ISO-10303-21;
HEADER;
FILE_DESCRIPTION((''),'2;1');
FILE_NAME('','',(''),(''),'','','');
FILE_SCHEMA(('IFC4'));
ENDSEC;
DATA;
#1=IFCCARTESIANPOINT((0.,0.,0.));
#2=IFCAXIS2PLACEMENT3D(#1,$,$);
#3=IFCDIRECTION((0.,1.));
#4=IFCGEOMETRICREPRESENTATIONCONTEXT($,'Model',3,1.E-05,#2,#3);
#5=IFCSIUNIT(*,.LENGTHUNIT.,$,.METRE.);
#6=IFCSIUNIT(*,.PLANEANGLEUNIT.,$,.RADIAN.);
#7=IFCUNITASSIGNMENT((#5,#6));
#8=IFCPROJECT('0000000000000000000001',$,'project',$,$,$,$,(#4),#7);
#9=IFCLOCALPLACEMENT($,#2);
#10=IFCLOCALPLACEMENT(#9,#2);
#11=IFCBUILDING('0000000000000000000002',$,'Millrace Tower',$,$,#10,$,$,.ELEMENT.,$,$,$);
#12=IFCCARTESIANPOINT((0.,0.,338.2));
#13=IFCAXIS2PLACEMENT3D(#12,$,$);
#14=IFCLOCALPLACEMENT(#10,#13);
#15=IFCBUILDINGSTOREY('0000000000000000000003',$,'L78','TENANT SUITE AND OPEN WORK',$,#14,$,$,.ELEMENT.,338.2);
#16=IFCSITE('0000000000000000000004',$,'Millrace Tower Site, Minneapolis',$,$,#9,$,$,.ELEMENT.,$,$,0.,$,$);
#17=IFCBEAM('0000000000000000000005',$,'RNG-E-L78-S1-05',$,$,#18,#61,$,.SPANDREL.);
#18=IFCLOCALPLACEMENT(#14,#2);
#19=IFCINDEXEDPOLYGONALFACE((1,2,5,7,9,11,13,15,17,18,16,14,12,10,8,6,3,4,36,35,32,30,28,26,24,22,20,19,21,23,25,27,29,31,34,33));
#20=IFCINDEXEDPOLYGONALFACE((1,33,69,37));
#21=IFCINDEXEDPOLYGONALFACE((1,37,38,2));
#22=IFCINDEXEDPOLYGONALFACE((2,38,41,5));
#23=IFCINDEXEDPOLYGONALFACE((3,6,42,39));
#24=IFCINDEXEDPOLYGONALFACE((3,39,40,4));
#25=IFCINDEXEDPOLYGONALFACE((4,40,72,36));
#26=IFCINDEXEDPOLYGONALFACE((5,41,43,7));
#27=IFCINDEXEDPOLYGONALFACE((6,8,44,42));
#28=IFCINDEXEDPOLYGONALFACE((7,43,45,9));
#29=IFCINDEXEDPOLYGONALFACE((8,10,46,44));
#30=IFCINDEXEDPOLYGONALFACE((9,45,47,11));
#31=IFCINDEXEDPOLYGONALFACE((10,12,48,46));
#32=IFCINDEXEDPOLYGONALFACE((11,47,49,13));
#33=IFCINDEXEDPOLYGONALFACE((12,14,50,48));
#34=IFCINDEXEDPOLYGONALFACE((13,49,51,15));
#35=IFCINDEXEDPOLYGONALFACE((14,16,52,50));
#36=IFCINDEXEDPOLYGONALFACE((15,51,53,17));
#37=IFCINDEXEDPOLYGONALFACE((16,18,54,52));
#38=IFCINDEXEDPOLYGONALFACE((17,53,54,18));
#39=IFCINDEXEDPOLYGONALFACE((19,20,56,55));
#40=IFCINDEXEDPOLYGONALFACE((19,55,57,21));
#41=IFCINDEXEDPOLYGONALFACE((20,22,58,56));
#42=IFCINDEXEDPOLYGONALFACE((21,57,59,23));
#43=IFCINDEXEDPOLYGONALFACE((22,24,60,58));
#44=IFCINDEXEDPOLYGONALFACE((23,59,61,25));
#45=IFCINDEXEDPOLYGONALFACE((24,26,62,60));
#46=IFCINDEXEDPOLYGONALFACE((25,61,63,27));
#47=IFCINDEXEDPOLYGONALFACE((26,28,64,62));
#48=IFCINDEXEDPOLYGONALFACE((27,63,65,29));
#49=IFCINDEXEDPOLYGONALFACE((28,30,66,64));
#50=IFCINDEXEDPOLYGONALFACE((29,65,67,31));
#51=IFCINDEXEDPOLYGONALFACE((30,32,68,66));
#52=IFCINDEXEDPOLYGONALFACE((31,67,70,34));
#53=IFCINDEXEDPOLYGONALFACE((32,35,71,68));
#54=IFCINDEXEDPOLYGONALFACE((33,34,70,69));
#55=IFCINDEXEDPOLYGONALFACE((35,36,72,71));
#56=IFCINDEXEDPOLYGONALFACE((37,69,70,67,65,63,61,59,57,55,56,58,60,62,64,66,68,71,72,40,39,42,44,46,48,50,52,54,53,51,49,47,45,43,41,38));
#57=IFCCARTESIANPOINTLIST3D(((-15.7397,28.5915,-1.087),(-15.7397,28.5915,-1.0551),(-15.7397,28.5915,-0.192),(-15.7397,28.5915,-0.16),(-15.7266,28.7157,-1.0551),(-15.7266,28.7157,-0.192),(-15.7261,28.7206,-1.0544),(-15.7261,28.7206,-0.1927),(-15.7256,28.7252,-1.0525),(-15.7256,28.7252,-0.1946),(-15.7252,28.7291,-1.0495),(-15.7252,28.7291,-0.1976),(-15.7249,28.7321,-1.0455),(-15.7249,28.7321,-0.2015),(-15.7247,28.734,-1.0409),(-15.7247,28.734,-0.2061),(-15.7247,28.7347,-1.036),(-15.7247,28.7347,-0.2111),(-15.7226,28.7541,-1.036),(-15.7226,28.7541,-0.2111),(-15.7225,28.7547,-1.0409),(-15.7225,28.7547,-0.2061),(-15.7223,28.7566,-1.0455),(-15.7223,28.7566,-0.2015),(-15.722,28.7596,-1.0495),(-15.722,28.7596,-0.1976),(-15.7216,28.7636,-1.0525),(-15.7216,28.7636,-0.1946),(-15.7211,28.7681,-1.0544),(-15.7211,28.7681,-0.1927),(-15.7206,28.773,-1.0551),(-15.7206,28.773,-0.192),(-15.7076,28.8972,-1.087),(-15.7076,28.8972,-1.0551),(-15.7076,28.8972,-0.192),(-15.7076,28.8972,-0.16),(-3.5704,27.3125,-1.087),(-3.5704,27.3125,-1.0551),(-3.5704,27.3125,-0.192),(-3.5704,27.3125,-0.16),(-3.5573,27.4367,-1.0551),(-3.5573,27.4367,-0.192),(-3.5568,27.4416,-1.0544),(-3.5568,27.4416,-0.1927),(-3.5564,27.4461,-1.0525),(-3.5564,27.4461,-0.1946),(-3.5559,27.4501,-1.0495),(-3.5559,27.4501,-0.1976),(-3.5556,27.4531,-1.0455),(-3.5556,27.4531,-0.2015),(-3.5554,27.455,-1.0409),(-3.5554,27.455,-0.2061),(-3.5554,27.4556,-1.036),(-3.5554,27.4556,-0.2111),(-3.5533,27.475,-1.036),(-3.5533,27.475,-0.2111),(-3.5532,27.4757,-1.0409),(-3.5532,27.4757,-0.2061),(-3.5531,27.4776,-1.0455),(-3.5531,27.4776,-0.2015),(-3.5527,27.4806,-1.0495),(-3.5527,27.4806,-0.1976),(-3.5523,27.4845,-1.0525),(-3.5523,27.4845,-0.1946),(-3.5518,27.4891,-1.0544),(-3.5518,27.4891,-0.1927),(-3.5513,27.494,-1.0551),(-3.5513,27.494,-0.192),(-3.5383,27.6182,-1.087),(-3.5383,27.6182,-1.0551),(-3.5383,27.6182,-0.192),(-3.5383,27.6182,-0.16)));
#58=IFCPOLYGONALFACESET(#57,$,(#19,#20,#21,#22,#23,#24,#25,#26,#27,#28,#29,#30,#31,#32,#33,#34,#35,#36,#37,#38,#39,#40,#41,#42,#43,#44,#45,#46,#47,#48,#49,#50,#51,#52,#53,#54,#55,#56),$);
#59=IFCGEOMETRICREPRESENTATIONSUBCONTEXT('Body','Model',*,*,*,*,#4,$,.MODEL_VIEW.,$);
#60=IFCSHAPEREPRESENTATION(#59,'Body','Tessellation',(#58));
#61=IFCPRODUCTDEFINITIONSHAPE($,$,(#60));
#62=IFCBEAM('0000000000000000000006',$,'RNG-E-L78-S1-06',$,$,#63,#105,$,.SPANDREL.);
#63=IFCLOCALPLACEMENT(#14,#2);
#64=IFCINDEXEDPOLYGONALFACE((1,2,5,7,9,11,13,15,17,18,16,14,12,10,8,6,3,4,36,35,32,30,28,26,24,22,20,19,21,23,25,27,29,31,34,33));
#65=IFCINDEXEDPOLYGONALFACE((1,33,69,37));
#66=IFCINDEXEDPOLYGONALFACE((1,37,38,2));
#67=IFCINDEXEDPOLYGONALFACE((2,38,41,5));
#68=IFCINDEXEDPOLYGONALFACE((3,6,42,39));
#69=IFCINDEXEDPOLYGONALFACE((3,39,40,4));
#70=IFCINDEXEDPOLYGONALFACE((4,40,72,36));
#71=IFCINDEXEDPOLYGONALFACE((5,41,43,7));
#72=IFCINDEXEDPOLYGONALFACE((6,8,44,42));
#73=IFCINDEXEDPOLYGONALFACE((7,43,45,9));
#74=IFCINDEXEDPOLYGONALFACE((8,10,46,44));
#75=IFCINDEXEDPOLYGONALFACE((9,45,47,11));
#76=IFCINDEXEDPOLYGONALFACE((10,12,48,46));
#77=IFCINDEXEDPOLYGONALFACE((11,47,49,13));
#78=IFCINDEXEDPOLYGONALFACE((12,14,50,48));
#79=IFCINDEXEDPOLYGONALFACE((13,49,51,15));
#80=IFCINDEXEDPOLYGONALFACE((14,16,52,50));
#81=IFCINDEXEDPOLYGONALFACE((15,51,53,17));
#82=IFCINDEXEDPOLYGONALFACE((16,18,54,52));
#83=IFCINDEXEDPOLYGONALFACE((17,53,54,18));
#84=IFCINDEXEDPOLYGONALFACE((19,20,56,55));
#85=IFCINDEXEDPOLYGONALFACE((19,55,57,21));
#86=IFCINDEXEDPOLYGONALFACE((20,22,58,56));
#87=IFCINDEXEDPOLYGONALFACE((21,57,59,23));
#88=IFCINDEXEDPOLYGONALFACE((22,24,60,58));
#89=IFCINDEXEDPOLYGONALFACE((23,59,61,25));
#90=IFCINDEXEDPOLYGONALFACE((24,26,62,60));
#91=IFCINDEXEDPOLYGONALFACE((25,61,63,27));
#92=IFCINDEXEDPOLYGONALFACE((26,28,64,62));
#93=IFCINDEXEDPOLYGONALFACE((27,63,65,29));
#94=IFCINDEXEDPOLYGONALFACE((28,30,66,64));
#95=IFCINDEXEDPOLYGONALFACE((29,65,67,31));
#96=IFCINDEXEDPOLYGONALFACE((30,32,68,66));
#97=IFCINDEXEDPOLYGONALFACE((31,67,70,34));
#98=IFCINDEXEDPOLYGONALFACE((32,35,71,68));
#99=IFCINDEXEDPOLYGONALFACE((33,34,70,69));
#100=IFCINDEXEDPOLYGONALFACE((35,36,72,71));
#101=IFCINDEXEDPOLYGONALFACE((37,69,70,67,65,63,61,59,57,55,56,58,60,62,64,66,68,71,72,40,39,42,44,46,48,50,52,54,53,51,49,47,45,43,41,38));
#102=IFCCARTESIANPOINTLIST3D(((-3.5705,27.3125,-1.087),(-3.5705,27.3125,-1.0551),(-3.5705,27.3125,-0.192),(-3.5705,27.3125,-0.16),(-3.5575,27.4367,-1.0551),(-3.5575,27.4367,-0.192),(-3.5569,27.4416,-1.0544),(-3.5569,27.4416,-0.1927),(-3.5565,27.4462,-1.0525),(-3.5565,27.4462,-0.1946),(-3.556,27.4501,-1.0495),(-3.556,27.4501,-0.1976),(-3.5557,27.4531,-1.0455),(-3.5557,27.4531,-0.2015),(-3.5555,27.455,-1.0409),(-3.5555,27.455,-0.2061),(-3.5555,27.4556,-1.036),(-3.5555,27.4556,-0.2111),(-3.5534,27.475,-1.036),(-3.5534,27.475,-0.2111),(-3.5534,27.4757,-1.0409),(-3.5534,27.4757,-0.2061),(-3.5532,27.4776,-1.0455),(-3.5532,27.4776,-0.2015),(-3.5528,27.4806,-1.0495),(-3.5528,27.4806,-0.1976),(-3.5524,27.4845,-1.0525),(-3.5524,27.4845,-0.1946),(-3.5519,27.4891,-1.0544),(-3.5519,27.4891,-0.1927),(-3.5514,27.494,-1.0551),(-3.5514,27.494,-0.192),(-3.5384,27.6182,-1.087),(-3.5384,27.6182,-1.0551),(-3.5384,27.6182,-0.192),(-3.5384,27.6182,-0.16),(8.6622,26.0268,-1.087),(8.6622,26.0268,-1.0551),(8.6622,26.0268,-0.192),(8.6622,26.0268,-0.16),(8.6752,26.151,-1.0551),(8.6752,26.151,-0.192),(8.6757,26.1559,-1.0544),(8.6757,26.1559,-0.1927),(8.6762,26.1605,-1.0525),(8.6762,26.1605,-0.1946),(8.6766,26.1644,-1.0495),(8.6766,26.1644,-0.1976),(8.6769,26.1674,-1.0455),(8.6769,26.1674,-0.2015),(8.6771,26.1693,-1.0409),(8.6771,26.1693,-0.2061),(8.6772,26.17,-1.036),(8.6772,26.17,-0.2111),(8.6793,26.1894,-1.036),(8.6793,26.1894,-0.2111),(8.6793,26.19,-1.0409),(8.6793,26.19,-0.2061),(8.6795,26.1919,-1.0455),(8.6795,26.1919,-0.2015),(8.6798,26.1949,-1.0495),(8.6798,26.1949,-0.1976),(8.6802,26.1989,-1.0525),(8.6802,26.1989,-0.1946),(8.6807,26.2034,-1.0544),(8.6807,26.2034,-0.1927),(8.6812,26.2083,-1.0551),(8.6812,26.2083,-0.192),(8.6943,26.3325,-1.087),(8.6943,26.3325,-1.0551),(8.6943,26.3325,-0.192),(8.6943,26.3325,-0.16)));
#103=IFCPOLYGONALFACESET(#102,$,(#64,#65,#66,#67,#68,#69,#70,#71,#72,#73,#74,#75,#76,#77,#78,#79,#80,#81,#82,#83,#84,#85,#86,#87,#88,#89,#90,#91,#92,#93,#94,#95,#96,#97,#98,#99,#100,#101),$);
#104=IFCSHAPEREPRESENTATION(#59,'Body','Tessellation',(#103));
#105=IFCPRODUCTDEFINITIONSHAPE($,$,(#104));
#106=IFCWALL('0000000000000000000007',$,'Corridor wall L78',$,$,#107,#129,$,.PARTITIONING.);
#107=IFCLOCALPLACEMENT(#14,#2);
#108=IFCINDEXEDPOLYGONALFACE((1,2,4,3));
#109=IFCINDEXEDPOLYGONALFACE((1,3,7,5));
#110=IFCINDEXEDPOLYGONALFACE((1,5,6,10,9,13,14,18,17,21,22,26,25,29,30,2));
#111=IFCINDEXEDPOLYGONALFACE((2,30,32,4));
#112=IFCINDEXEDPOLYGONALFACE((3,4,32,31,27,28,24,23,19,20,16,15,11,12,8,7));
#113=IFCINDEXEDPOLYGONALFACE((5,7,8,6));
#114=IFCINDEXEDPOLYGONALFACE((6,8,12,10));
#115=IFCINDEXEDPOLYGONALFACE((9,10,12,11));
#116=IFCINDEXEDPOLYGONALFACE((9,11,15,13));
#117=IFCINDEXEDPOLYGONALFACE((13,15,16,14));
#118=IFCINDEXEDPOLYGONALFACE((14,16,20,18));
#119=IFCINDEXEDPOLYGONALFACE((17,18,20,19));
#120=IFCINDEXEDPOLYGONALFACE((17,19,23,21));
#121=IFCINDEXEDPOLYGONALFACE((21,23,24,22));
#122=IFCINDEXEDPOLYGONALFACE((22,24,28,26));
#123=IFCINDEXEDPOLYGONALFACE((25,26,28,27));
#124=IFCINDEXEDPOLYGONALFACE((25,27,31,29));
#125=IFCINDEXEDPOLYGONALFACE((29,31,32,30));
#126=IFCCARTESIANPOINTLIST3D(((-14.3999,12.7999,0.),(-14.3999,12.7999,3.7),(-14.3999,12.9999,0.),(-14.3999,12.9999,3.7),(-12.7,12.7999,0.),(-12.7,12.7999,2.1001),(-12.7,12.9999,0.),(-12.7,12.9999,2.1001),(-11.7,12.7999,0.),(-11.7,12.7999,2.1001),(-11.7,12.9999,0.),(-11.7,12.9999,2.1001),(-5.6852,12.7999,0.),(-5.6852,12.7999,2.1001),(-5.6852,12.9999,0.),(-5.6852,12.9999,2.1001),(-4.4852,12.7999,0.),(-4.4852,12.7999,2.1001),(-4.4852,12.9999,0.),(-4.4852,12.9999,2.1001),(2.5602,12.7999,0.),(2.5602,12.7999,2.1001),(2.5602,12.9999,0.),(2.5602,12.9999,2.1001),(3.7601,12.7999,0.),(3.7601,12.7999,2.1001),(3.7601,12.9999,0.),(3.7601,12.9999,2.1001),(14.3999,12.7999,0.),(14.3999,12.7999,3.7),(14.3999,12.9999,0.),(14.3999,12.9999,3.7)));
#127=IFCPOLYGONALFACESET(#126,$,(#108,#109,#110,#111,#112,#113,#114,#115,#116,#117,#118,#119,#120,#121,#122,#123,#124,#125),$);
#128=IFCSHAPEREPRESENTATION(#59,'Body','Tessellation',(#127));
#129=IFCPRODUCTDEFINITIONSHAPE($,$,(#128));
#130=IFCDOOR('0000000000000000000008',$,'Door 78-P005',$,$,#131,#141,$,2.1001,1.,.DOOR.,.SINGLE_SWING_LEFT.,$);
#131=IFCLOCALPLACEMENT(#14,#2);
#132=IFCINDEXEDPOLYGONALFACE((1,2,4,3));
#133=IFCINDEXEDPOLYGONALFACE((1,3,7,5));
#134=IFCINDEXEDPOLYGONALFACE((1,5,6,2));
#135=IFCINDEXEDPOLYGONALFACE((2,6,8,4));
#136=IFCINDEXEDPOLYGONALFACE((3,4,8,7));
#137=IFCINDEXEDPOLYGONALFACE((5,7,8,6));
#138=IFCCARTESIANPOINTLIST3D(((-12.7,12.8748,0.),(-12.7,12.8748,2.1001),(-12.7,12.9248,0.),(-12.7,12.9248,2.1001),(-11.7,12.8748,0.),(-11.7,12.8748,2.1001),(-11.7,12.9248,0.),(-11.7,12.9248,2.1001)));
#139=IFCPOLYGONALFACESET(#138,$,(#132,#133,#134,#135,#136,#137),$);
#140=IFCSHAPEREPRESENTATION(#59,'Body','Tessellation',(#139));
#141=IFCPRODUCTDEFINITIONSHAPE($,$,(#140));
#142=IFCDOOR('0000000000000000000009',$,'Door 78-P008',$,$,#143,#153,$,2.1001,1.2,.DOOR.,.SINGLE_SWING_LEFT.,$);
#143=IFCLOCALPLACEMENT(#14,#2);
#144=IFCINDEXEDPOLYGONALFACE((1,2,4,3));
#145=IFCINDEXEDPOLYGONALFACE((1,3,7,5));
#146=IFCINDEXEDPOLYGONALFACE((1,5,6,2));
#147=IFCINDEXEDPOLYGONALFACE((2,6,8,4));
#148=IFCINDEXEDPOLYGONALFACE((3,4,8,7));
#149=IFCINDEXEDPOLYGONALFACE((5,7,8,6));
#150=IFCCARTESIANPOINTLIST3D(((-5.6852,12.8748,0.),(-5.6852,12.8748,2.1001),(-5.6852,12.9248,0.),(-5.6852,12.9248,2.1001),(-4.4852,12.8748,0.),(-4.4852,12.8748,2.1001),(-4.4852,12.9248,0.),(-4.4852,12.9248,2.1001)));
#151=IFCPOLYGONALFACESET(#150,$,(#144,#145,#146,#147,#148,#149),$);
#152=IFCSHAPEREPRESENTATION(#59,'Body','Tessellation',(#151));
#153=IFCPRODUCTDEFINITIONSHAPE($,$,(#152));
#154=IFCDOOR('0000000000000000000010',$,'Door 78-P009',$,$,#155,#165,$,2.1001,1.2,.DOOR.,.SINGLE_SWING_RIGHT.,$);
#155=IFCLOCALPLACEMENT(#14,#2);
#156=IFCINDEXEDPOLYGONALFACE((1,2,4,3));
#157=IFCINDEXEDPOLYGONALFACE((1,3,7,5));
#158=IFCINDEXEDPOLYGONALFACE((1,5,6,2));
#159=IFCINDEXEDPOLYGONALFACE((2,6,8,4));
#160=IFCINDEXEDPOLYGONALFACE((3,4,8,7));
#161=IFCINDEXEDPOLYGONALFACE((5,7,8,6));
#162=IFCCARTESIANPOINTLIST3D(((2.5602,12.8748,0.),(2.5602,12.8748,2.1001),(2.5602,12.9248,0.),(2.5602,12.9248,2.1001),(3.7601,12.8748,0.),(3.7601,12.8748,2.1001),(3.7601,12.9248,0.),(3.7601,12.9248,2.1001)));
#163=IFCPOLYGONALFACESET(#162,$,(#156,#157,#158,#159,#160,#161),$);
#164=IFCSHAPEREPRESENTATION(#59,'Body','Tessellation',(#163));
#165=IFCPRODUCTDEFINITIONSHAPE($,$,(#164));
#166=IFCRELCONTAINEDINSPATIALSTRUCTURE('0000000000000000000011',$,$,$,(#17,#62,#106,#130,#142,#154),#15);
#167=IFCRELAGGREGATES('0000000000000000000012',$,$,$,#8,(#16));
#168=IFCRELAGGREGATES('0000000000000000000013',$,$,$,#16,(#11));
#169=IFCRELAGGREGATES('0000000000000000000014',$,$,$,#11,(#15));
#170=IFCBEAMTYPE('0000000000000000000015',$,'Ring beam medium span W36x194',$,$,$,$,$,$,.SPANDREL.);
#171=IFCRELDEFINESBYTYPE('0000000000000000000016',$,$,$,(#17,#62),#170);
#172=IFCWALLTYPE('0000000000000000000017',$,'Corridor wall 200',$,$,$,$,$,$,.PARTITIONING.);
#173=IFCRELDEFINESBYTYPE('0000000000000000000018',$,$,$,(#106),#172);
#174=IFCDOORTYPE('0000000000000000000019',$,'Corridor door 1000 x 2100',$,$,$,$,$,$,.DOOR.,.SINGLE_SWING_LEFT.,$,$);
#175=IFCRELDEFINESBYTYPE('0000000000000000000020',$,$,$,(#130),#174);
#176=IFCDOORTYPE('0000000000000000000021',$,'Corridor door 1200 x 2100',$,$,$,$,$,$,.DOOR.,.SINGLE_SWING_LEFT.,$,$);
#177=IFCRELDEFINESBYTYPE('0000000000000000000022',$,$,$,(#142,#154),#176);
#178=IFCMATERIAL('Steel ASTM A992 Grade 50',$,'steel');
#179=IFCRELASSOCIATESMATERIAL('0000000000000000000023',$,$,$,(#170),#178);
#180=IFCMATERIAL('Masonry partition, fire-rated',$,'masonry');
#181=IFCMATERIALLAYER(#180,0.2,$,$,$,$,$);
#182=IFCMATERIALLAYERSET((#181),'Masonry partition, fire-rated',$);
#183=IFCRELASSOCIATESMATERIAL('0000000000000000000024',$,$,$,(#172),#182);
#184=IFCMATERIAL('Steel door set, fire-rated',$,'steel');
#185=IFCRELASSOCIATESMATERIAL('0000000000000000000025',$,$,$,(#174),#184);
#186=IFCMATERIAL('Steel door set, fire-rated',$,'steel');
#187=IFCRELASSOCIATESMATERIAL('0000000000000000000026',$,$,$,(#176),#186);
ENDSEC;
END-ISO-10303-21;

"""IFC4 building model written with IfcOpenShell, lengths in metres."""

from ifc_helpers import new_model, si_unit, direction, frame, frame_2d, origin, origin_2d, place, context, subcontext, project, spatial, rectangle, i_section, extrude, material, layer, layer_set, material_profile, profile_set, type_object, element, fill, save


model = new_model("IFC4")

# Units and contexts
model_context = context("Model", 3, precision=1e-05, world=origin(), true_north=direction((0.0, 1.0)))
body_context = subcontext(model_context, "Body", "Model", "MODEL_VIEW")
ifc_project = project(units=[si_unit("LENGTHUNIT", "METRE"), si_unit("PLANEANGLEUNIT", "RADIAN")], contexts=[model_context])

# Site, building, storey
site_placement = place(None, origin())
site = spatial("IfcSite", under=ifc_project, at=site_placement, Name="Millrace Tower Site, Minneapolis", CompositionType="ELEMENT", RefElevation=0.0)
building_placement = place(site_placement, origin())
building = spatial("IfcBuilding", under=site, at=building_placement, Name="Millrace Tower", CompositionType="ELEMENT")
storey_placement = place(building_placement, frame((0.0, 0.0, 338.2)))
storey = spatial("IfcBuildingStorey", under=building, at=storey_placement, Name="L78", Description="TENANT SUITE AND OPEN WORK", CompositionType="ELEMENT", Elevation=338.2)

# Beams
ifc_material_1 = material(Name="Steel ASTM A992 Grade 50", Category="steel")
ifc_material_profile_1 = material_profile(ifc_material_1, i_section(OverallWidth=0.3074, OverallDepth=0.927, WebThickness=0.0195, FlangeThickness=0.032, FilletRadius=0.019, at=origin_2d()))
ifc_profile_set_1 = profile_set([ifc_material_profile_1], Name="Steel ASTM A992 Grade 50")
beam_type_1 = type_object("IfcBeamType", Name="Ring beam medium span W36x194", PredefinedType="SPANDREL", material=ifc_profile_set_1)
beam_1_placement = place(storey_placement, frame((-15.7236, 28.7444, -0.6235), z_axis=(0.994522, -0.10453, 0.0), x_axis=(0.10453, 0.994522, 0.0)))
element("IfcBeam", 1, at=beam_1_placement, inside=storey, type_object=beam_type_1, Name="RNG-E-L78-S1-05", PredefinedType="SPANDREL", context=body_context, shape_type="SweptSolid", body=[
    extrude(i_section(OverallWidth=0.3074, OverallDepth=0.927, WebThickness=0.0195, FlangeThickness=0.032, FilletRadius=0.019, at=origin_2d()), origin(), (0.0, 0.0, 1.0), 12.2363),
])
beam_2_placement = place(storey_placement, frame((-3.5544, 27.4653, -0.6235), z_axis=(0.994522, -0.104524, 0.0), x_axis=(0.104524, 0.994522, 0.0)))
element("IfcBeam", 2, at=beam_2_placement, inside=storey, type_object=beam_type_1, Name="RNG-E-L78-S1-06", PredefinedType="SPANDREL", context=body_context, shape_type="SweptSolid", body=[
    extrude(i_section(OverallWidth=0.3074, OverallDepth=0.927, WebThickness=0.0195, FlangeThickness=0.032, FilletRadius=0.019, at=origin_2d()), origin(), (0.0, 0.0, 1.0), 12.3),
])

# Wall, openings, doors
ifc_material_2 = material(Name="Masonry partition, fire-rated", Category="masonry")
ifc_layer_1 = layer(ifc_material_2, 0.2)
ifc_layer_set_1 = layer_set([ifc_layer_1], Name="Masonry partition, fire-rated")
wall_type_1 = type_object("IfcWallType", Name="Corridor wall 200", PredefinedType="PARTITIONING", material=ifc_layer_set_1)
wall_1_placement = place(storey_placement, frame((-14.3999, 12.8999, 0.0), z_axis=(0.0, 0.0, 1.0), x_axis=(1.0, 0.0, 0.0)))
wall_1 = element("IfcWall", 3, at=wall_1_placement, inside=storey, type_object=wall_type_1, Name="Corridor wall L78", PredefinedType="PARTITIONING", context=body_context, shape_type="SweptSolid", body=[
    extrude(rectangle(XDim=28.7998, YDim=0.2, at=frame_2d((14.3999, 0.0))), origin(), (0.0, 0.0, 1.0), 3.7),
])
opening_1_placement = place(wall_1_placement, frame((1.7, 0.0, 0.0)))
opening_1 = element("IfcOpeningElement", 4, at=opening_1_placement, cuts=wall_1, PredefinedType="OPENING", context=body_context, shape_type="SweptSolid", body=[
    extrude(rectangle(XDim=1.0, YDim=2.1001, at=frame_2d((0.5, 1.05))), frame((0.0, 0.1099, 0.0), z_axis=(0.0, -1.0, 0.0), x_axis=(1.0, 0.0, 0.0)), (0.0, 0.0, 1.0), 0.22),
])
opening_2_placement = place(wall_1_placement, frame((8.7146, 0.0, 0.0)))
opening_2 = element("IfcOpeningElement", 5, at=opening_2_placement, cuts=wall_1, PredefinedType="OPENING", context=body_context, shape_type="SweptSolid", body=[
    extrude(rectangle(XDim=1.2, YDim=2.1001, at=frame_2d((0.6001, 1.05))), frame((0.0, 0.1099, 0.0), z_axis=(0.0, -1.0, 0.0), x_axis=(1.0, 0.0, 0.0)), (0.0, 0.0, 1.0), 0.22),
])
opening_3_placement = place(wall_1_placement, frame((16.96, 0.0, 0.0)))
opening_3 = element("IfcOpeningElement", 6, at=opening_3_placement, cuts=wall_1, PredefinedType="OPENING", context=body_context, shape_type="SweptSolid", body=[
    extrude(rectangle(XDim=1.2, YDim=2.1001, at=frame_2d((0.6001, 1.05))), frame((0.0, 0.1099, 0.0), z_axis=(0.0, -1.0, 0.0), x_axis=(1.0, 0.0, 0.0)), (0.0, 0.0, 1.0), 0.22),
])
ifc_material_3 = material(Name="Steel door set, fire-rated", Category="steel")
door_type_1 = type_object("IfcDoorType", Name="Corridor door 1000 x 2100", OperationType="SINGLE_SWING_LEFT", PredefinedType="DOOR", material=ifc_material_3)
door_1_placement = place(opening_1_placement, origin())
door_1 = element("IfcDoor", 7, at=door_1_placement, inside=storey, type_object=door_type_1, Name="Door 78-P005", OperationType="SINGLE_SWING_LEFT", OverallHeight=2.1001, OverallWidth=1.0, PredefinedType="DOOR", context=body_context, shape_type="SweptSolid", body=[
    extrude(rectangle(XDim=1.0, YDim=2.1001, at=frame_2d((0.5, 1.05))), frame((0.0, 0.0249, 0.0), z_axis=(0.0, -1.0, 0.0), x_axis=(1.0, 0.0, 0.0)), (0.0, 0.0, 1.0), 0.05),
])
fill(opening_1, door_1)
ifc_material_4 = material(Name="Steel door set, fire-rated", Category="steel")
door_type_2 = type_object("IfcDoorType", Name="Corridor door 1200 x 2100", OperationType="SINGLE_SWING_LEFT", PredefinedType="DOOR", material=ifc_material_4)
door_2_placement = place(opening_2_placement, origin())
door_2 = element("IfcDoor", 8, at=door_2_placement, inside=storey, type_object=door_type_2, Name="Door 78-P008", OperationType="SINGLE_SWING_LEFT", OverallHeight=2.1001, OverallWidth=1.2, PredefinedType="DOOR", context=body_context, shape_type="SweptSolid", body=[
    extrude(rectangle(XDim=1.2, YDim=2.1001, at=frame_2d((0.6001, 1.05))), frame((0.0, 0.0249, 0.0), z_axis=(0.0, -1.0, 0.0), x_axis=(1.0, 0.0, 0.0)), (0.0, 0.0, 1.0), 0.05),
])
fill(opening_2, door_2)
door_3_placement = place(opening_3_placement, origin())
door_3 = element("IfcDoor", 9, at=door_3_placement, inside=storey, type_object=door_type_2, Name="Door 78-P009", OperationType="SINGLE_SWING_RIGHT", OverallHeight=2.1001, OverallWidth=1.2, PredefinedType="DOOR", context=body_context, shape_type="SweptSolid", body=[
    extrude(rectangle(XDim=1.2, YDim=2.1001, at=frame_2d((0.6001, 1.05))), frame((0.0, 0.0249, 0.0), z_axis=(0.0, -1.0, 0.0), x_axis=(1.0, 0.0, 0.0)), (0.0, 0.0, 1.0), 0.05),
])
fill(opening_3, door_3)

save(model, "model.ifc")
